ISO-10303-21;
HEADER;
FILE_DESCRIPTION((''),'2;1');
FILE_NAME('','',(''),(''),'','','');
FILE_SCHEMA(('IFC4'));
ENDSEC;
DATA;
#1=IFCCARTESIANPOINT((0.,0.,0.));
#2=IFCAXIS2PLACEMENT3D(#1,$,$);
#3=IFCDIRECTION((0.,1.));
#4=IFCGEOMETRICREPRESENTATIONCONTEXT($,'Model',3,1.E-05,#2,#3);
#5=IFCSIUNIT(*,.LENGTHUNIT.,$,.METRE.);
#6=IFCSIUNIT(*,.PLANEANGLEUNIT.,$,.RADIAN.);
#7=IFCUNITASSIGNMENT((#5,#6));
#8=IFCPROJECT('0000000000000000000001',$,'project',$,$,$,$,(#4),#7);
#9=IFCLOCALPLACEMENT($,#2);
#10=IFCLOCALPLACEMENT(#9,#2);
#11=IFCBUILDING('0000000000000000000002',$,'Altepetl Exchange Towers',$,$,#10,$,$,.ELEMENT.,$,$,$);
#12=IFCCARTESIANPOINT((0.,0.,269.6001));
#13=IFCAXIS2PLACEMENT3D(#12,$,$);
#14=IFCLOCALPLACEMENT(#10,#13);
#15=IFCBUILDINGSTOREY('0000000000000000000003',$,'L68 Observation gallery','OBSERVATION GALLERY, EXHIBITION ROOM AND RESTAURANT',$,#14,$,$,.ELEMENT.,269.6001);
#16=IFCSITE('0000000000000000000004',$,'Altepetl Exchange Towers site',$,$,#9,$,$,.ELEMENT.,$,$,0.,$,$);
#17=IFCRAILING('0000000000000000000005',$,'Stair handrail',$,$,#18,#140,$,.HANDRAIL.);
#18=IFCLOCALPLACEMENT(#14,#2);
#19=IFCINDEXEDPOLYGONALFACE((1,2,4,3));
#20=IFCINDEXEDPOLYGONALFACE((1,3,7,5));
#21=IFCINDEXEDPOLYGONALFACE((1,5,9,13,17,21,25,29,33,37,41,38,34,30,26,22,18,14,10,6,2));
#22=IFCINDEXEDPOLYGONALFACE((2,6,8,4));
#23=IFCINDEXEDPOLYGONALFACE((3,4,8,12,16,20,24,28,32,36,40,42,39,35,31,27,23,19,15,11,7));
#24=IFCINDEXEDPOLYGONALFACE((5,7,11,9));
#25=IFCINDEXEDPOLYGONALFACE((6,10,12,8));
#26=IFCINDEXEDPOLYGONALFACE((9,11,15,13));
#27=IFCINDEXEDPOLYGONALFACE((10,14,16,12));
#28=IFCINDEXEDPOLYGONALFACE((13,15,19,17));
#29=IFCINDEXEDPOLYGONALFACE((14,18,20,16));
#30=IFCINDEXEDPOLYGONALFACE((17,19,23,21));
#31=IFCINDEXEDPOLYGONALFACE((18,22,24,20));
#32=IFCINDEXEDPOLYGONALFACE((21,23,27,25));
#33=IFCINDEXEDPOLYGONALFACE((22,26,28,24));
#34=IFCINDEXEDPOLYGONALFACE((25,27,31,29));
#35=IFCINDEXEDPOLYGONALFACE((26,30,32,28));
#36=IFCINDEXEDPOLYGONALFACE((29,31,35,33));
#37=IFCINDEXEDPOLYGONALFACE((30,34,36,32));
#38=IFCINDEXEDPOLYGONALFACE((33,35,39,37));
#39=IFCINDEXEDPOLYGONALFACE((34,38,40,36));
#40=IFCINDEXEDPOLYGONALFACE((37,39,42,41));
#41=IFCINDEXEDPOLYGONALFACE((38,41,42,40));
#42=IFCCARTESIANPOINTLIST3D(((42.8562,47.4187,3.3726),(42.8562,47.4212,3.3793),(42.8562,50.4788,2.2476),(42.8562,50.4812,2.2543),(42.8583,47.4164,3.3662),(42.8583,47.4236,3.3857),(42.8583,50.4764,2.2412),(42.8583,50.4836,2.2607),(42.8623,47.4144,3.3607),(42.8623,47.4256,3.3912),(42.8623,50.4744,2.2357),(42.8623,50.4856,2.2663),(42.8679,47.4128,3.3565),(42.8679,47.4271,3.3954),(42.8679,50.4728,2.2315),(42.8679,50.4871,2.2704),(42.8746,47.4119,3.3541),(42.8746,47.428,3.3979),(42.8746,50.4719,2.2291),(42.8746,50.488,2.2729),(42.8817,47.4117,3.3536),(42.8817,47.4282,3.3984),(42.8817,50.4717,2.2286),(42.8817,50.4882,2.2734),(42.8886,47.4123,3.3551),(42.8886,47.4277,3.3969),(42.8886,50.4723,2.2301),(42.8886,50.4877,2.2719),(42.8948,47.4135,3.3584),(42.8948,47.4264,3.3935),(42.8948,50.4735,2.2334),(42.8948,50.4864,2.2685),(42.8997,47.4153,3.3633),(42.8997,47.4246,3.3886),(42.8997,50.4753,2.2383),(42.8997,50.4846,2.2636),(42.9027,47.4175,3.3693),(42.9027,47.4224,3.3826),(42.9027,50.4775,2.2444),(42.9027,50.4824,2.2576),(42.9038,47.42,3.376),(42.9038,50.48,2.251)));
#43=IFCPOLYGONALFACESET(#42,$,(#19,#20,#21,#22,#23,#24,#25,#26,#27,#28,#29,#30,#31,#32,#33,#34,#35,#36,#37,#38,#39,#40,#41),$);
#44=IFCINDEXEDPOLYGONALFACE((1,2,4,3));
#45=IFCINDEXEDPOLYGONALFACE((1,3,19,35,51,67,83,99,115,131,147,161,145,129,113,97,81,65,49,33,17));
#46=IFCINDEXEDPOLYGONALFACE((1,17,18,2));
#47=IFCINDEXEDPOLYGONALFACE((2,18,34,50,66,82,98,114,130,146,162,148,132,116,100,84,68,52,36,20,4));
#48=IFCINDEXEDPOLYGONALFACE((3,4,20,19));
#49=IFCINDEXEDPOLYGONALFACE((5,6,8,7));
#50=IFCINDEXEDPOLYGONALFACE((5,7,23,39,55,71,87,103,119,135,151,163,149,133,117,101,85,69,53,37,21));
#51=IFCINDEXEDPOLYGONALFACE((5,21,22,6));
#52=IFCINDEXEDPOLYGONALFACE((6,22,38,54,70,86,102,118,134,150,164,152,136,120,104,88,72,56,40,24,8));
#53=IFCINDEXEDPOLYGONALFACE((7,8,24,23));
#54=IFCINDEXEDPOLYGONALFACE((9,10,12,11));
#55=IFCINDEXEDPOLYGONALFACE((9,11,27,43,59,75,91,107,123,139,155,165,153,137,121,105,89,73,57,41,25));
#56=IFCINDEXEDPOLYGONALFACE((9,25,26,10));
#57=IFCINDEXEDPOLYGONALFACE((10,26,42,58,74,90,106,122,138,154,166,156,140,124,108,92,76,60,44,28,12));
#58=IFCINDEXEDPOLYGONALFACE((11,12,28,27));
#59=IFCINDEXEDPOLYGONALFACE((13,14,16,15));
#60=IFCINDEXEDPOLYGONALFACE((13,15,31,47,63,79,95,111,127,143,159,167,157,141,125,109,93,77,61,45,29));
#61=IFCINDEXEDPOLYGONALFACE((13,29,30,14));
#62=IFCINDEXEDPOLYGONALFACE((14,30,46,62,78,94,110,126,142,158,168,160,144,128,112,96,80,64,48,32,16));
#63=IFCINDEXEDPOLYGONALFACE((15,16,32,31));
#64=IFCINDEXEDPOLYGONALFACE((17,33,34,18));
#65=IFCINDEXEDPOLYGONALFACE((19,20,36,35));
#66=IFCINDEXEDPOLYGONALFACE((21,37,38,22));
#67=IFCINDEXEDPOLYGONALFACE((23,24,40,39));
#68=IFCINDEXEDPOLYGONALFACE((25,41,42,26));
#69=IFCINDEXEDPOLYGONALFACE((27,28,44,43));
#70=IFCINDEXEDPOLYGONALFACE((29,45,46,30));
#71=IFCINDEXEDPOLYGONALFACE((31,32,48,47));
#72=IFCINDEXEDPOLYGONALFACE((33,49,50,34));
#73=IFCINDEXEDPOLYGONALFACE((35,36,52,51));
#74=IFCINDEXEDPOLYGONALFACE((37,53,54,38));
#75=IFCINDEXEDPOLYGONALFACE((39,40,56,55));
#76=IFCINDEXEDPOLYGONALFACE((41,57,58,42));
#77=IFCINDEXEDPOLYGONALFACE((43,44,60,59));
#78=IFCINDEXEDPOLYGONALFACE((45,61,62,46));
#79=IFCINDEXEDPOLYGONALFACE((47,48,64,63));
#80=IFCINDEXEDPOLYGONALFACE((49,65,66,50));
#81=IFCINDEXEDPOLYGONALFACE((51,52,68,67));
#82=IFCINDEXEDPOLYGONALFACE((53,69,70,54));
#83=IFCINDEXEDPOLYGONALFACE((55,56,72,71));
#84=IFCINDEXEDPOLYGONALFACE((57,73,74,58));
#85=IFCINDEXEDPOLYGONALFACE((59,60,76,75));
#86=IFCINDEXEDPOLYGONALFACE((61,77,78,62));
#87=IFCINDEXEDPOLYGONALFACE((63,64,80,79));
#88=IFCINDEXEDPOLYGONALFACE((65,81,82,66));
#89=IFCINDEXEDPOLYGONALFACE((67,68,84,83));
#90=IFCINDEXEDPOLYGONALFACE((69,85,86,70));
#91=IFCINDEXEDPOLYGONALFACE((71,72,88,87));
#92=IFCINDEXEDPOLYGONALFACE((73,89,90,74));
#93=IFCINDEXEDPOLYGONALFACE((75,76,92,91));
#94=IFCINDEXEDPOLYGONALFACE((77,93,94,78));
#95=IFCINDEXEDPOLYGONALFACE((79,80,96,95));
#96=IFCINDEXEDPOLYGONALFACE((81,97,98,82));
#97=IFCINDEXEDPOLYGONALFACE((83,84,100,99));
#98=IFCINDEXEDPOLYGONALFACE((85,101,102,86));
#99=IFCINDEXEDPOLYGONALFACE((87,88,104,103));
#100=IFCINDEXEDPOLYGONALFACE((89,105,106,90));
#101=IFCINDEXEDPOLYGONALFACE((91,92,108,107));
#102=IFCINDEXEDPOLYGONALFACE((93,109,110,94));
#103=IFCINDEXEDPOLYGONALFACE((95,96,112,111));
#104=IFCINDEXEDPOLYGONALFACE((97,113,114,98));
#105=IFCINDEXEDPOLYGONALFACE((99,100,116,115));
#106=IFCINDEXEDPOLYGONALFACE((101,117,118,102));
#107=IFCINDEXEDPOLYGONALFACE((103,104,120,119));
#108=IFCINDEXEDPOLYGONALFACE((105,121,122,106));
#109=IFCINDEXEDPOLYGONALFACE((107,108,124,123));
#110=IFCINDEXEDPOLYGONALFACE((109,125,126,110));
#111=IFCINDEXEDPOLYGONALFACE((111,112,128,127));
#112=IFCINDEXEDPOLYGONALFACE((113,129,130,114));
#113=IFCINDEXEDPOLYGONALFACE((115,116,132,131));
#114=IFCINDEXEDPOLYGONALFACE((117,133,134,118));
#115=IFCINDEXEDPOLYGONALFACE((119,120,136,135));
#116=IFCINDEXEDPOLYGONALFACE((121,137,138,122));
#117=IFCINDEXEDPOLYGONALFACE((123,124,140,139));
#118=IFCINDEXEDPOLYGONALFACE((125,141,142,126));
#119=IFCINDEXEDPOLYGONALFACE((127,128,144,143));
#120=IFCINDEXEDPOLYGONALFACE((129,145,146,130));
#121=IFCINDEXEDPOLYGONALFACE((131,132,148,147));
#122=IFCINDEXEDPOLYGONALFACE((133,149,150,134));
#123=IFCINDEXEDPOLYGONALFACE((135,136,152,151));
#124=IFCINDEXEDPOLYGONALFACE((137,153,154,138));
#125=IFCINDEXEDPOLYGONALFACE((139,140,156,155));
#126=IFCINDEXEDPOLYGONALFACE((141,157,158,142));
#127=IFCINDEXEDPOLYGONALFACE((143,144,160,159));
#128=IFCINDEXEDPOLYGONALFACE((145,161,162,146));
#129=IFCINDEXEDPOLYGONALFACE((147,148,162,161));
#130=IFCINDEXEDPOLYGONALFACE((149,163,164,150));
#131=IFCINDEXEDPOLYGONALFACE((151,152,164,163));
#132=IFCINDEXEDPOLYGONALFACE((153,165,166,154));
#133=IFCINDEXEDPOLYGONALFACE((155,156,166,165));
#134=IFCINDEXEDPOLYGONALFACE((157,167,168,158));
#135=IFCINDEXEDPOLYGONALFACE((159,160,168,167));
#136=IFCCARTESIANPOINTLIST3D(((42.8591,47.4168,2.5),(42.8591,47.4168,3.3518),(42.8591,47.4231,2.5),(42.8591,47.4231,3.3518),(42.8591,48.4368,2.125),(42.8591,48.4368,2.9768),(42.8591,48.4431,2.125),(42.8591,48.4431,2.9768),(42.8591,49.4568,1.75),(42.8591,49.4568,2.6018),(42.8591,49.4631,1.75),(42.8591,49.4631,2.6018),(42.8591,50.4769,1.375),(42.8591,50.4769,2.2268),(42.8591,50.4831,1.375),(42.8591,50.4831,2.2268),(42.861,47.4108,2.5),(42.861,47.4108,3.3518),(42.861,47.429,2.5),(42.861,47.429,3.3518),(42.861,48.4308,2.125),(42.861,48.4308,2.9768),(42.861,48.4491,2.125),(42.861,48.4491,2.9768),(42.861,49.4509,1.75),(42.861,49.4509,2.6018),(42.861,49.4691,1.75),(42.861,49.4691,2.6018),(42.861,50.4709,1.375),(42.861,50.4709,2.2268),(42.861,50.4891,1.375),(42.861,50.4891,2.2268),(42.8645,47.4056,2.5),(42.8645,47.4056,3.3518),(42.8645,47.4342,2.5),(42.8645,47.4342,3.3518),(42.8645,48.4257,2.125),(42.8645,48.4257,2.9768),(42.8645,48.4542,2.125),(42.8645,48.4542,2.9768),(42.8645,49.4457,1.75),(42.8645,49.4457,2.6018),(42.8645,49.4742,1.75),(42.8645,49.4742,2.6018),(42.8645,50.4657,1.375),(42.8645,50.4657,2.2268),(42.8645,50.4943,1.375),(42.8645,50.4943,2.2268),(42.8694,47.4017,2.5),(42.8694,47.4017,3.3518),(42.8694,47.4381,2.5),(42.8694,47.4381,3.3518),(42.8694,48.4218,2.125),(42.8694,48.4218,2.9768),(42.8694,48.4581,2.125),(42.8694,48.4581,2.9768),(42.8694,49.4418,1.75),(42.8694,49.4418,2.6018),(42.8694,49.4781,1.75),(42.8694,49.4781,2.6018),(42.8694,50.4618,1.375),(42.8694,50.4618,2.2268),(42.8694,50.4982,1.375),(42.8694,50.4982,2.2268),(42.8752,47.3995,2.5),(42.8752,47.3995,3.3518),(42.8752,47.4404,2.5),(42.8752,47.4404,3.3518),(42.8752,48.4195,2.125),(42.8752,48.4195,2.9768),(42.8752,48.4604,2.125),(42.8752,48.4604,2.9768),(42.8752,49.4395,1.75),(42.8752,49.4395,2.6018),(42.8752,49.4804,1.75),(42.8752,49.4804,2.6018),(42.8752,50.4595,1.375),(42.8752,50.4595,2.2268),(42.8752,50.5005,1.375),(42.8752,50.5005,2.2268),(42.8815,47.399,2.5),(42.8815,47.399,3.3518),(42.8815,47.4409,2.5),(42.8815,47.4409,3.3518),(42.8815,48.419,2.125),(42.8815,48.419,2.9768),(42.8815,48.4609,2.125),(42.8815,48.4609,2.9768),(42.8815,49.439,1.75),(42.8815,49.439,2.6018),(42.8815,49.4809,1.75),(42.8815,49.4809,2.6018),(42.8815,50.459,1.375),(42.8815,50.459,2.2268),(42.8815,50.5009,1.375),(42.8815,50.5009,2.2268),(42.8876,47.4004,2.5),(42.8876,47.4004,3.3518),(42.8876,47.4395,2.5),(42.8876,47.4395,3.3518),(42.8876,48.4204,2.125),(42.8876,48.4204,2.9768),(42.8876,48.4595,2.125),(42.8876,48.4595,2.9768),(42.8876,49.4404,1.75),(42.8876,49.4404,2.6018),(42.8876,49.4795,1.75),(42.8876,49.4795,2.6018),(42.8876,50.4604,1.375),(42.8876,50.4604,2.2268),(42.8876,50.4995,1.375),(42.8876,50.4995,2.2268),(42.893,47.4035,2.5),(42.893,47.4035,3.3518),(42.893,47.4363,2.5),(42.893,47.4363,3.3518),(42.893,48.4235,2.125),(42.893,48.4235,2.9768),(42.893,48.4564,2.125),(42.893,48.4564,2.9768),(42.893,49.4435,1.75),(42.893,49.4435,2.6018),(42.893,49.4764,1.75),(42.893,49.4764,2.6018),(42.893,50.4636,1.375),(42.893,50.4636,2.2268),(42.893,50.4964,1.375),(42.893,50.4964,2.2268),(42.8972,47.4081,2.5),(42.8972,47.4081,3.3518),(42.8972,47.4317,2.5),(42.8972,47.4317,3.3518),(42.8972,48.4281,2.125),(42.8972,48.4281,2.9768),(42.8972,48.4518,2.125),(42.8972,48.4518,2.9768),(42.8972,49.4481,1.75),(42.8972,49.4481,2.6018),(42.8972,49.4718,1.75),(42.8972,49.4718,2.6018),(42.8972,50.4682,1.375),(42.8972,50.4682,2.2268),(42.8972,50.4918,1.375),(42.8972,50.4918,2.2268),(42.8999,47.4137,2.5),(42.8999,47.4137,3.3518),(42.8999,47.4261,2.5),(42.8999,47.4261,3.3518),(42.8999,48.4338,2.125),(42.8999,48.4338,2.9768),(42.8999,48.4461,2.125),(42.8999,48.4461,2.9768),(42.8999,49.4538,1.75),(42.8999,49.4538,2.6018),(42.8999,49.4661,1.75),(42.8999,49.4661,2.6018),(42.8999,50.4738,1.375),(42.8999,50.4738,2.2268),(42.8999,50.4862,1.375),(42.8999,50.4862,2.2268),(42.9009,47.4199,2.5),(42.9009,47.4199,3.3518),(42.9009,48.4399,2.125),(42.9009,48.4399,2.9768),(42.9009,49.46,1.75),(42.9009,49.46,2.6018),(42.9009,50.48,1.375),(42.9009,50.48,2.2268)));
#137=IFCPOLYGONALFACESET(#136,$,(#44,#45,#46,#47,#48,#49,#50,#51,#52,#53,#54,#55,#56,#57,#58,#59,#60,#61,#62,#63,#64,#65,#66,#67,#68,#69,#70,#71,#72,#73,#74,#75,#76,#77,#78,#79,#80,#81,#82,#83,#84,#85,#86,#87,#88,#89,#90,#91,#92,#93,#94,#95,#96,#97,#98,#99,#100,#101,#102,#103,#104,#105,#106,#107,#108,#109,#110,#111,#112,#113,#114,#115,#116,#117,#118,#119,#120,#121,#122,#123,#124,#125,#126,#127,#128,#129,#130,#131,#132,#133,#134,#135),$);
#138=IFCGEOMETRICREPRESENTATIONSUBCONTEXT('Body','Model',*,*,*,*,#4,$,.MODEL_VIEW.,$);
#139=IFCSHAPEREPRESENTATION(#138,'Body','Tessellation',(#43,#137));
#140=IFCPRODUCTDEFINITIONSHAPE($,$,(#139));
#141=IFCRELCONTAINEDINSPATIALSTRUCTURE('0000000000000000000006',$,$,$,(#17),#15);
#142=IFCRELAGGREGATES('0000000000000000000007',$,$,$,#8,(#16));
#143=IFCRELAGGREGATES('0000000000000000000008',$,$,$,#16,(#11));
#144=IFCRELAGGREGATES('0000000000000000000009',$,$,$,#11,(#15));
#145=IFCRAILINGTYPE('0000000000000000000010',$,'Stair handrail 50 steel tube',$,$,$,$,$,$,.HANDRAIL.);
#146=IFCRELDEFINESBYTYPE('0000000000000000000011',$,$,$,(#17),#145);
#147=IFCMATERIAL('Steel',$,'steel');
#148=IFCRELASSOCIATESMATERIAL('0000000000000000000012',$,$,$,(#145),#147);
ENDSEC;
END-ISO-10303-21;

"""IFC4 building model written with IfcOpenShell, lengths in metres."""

from ifc_helpers import new_model, si_unit, direction, frame, origin, origin_2d, place, context, subcontext, project, spatial, circle, extrude, source, transform, mapped, material, type_object, element, save


model = new_model("IFC4")

# Units and contexts
model_context = context("Model", 3, precision=1e-05, world=origin(), true_north=direction((0.0, 1.0)))
body_context = subcontext(model_context, "Body", "Model", "MODEL_VIEW")
ifc_project = project(units=[si_unit("LENGTHUNIT", "METRE"), si_unit("PLANEANGLEUNIT", "RADIAN")], contexts=[model_context])

# Site, building, storey
site_placement = place(None, origin())
site = spatial("IfcSite", under=ifc_project, at=site_placement, Name="Altepetl Exchange Towers site", CompositionType="ELEMENT", RefElevation=0.0)
building_placement = place(site_placement, origin())
building = spatial("IfcBuilding", under=site, at=building_placement, Name="Altepetl Exchange Towers", CompositionType="ELEMENT")
storey_placement = place(building_placement, frame((0.0, 0.0, 269.6001)))
storey = spatial("IfcBuildingStorey", under=building, at=storey_placement, Name="L68 Observation gallery", Description="OBSERVATION GALLERY, EXHIBITION ROOM AND RESTAURANT", CompositionType="ELEMENT", Elevation=269.6001)

# Railing
ifc_material_1 = material(Name="Steel", Category="steel")
railing_type = type_object("IfcRailingType", Name="Stair handrail 50 steel tube", PredefinedType="HANDRAIL", material=ifc_material_1)
shared_shape = source(origin(), body_context, "Body", "SweptSolid", [
    extrude(circle(Radius=0.021, at=origin_2d()), origin(), (0.0, 0.0, 1.0), 0.8518),
])
railing_1_placement = place(storey_placement, frame((42.8799, 50.48, 1.375)))
element("IfcRailing", 1, at=railing_1_placement, inside=storey, type_object=railing_type, Name="Stair handrail", PredefinedType="HANDRAIL", context=body_context, shape_type="SweptSolid", body=[
    extrude(circle(Radius=0.0239, at=origin_2d()), frame((0.0, 0.0, 0.876), z_axis=(0.0, -0.938581, 0.34506), x_axis=(1.0, 0.0, 0.0)), (0.0, 0.0, 1.0), 3.2603),
    mapped(shared_shape, transform((0.0, 0.0, 0.0))),
    mapped(shared_shape, transform((0.0, -1.02, 0.375))),
    mapped(shared_shape, transform((0.0, -2.04, 0.75))),
    mapped(shared_shape, transform((0.0, -3.0601, 1.125))),
])

save(model, "model.ifc")
